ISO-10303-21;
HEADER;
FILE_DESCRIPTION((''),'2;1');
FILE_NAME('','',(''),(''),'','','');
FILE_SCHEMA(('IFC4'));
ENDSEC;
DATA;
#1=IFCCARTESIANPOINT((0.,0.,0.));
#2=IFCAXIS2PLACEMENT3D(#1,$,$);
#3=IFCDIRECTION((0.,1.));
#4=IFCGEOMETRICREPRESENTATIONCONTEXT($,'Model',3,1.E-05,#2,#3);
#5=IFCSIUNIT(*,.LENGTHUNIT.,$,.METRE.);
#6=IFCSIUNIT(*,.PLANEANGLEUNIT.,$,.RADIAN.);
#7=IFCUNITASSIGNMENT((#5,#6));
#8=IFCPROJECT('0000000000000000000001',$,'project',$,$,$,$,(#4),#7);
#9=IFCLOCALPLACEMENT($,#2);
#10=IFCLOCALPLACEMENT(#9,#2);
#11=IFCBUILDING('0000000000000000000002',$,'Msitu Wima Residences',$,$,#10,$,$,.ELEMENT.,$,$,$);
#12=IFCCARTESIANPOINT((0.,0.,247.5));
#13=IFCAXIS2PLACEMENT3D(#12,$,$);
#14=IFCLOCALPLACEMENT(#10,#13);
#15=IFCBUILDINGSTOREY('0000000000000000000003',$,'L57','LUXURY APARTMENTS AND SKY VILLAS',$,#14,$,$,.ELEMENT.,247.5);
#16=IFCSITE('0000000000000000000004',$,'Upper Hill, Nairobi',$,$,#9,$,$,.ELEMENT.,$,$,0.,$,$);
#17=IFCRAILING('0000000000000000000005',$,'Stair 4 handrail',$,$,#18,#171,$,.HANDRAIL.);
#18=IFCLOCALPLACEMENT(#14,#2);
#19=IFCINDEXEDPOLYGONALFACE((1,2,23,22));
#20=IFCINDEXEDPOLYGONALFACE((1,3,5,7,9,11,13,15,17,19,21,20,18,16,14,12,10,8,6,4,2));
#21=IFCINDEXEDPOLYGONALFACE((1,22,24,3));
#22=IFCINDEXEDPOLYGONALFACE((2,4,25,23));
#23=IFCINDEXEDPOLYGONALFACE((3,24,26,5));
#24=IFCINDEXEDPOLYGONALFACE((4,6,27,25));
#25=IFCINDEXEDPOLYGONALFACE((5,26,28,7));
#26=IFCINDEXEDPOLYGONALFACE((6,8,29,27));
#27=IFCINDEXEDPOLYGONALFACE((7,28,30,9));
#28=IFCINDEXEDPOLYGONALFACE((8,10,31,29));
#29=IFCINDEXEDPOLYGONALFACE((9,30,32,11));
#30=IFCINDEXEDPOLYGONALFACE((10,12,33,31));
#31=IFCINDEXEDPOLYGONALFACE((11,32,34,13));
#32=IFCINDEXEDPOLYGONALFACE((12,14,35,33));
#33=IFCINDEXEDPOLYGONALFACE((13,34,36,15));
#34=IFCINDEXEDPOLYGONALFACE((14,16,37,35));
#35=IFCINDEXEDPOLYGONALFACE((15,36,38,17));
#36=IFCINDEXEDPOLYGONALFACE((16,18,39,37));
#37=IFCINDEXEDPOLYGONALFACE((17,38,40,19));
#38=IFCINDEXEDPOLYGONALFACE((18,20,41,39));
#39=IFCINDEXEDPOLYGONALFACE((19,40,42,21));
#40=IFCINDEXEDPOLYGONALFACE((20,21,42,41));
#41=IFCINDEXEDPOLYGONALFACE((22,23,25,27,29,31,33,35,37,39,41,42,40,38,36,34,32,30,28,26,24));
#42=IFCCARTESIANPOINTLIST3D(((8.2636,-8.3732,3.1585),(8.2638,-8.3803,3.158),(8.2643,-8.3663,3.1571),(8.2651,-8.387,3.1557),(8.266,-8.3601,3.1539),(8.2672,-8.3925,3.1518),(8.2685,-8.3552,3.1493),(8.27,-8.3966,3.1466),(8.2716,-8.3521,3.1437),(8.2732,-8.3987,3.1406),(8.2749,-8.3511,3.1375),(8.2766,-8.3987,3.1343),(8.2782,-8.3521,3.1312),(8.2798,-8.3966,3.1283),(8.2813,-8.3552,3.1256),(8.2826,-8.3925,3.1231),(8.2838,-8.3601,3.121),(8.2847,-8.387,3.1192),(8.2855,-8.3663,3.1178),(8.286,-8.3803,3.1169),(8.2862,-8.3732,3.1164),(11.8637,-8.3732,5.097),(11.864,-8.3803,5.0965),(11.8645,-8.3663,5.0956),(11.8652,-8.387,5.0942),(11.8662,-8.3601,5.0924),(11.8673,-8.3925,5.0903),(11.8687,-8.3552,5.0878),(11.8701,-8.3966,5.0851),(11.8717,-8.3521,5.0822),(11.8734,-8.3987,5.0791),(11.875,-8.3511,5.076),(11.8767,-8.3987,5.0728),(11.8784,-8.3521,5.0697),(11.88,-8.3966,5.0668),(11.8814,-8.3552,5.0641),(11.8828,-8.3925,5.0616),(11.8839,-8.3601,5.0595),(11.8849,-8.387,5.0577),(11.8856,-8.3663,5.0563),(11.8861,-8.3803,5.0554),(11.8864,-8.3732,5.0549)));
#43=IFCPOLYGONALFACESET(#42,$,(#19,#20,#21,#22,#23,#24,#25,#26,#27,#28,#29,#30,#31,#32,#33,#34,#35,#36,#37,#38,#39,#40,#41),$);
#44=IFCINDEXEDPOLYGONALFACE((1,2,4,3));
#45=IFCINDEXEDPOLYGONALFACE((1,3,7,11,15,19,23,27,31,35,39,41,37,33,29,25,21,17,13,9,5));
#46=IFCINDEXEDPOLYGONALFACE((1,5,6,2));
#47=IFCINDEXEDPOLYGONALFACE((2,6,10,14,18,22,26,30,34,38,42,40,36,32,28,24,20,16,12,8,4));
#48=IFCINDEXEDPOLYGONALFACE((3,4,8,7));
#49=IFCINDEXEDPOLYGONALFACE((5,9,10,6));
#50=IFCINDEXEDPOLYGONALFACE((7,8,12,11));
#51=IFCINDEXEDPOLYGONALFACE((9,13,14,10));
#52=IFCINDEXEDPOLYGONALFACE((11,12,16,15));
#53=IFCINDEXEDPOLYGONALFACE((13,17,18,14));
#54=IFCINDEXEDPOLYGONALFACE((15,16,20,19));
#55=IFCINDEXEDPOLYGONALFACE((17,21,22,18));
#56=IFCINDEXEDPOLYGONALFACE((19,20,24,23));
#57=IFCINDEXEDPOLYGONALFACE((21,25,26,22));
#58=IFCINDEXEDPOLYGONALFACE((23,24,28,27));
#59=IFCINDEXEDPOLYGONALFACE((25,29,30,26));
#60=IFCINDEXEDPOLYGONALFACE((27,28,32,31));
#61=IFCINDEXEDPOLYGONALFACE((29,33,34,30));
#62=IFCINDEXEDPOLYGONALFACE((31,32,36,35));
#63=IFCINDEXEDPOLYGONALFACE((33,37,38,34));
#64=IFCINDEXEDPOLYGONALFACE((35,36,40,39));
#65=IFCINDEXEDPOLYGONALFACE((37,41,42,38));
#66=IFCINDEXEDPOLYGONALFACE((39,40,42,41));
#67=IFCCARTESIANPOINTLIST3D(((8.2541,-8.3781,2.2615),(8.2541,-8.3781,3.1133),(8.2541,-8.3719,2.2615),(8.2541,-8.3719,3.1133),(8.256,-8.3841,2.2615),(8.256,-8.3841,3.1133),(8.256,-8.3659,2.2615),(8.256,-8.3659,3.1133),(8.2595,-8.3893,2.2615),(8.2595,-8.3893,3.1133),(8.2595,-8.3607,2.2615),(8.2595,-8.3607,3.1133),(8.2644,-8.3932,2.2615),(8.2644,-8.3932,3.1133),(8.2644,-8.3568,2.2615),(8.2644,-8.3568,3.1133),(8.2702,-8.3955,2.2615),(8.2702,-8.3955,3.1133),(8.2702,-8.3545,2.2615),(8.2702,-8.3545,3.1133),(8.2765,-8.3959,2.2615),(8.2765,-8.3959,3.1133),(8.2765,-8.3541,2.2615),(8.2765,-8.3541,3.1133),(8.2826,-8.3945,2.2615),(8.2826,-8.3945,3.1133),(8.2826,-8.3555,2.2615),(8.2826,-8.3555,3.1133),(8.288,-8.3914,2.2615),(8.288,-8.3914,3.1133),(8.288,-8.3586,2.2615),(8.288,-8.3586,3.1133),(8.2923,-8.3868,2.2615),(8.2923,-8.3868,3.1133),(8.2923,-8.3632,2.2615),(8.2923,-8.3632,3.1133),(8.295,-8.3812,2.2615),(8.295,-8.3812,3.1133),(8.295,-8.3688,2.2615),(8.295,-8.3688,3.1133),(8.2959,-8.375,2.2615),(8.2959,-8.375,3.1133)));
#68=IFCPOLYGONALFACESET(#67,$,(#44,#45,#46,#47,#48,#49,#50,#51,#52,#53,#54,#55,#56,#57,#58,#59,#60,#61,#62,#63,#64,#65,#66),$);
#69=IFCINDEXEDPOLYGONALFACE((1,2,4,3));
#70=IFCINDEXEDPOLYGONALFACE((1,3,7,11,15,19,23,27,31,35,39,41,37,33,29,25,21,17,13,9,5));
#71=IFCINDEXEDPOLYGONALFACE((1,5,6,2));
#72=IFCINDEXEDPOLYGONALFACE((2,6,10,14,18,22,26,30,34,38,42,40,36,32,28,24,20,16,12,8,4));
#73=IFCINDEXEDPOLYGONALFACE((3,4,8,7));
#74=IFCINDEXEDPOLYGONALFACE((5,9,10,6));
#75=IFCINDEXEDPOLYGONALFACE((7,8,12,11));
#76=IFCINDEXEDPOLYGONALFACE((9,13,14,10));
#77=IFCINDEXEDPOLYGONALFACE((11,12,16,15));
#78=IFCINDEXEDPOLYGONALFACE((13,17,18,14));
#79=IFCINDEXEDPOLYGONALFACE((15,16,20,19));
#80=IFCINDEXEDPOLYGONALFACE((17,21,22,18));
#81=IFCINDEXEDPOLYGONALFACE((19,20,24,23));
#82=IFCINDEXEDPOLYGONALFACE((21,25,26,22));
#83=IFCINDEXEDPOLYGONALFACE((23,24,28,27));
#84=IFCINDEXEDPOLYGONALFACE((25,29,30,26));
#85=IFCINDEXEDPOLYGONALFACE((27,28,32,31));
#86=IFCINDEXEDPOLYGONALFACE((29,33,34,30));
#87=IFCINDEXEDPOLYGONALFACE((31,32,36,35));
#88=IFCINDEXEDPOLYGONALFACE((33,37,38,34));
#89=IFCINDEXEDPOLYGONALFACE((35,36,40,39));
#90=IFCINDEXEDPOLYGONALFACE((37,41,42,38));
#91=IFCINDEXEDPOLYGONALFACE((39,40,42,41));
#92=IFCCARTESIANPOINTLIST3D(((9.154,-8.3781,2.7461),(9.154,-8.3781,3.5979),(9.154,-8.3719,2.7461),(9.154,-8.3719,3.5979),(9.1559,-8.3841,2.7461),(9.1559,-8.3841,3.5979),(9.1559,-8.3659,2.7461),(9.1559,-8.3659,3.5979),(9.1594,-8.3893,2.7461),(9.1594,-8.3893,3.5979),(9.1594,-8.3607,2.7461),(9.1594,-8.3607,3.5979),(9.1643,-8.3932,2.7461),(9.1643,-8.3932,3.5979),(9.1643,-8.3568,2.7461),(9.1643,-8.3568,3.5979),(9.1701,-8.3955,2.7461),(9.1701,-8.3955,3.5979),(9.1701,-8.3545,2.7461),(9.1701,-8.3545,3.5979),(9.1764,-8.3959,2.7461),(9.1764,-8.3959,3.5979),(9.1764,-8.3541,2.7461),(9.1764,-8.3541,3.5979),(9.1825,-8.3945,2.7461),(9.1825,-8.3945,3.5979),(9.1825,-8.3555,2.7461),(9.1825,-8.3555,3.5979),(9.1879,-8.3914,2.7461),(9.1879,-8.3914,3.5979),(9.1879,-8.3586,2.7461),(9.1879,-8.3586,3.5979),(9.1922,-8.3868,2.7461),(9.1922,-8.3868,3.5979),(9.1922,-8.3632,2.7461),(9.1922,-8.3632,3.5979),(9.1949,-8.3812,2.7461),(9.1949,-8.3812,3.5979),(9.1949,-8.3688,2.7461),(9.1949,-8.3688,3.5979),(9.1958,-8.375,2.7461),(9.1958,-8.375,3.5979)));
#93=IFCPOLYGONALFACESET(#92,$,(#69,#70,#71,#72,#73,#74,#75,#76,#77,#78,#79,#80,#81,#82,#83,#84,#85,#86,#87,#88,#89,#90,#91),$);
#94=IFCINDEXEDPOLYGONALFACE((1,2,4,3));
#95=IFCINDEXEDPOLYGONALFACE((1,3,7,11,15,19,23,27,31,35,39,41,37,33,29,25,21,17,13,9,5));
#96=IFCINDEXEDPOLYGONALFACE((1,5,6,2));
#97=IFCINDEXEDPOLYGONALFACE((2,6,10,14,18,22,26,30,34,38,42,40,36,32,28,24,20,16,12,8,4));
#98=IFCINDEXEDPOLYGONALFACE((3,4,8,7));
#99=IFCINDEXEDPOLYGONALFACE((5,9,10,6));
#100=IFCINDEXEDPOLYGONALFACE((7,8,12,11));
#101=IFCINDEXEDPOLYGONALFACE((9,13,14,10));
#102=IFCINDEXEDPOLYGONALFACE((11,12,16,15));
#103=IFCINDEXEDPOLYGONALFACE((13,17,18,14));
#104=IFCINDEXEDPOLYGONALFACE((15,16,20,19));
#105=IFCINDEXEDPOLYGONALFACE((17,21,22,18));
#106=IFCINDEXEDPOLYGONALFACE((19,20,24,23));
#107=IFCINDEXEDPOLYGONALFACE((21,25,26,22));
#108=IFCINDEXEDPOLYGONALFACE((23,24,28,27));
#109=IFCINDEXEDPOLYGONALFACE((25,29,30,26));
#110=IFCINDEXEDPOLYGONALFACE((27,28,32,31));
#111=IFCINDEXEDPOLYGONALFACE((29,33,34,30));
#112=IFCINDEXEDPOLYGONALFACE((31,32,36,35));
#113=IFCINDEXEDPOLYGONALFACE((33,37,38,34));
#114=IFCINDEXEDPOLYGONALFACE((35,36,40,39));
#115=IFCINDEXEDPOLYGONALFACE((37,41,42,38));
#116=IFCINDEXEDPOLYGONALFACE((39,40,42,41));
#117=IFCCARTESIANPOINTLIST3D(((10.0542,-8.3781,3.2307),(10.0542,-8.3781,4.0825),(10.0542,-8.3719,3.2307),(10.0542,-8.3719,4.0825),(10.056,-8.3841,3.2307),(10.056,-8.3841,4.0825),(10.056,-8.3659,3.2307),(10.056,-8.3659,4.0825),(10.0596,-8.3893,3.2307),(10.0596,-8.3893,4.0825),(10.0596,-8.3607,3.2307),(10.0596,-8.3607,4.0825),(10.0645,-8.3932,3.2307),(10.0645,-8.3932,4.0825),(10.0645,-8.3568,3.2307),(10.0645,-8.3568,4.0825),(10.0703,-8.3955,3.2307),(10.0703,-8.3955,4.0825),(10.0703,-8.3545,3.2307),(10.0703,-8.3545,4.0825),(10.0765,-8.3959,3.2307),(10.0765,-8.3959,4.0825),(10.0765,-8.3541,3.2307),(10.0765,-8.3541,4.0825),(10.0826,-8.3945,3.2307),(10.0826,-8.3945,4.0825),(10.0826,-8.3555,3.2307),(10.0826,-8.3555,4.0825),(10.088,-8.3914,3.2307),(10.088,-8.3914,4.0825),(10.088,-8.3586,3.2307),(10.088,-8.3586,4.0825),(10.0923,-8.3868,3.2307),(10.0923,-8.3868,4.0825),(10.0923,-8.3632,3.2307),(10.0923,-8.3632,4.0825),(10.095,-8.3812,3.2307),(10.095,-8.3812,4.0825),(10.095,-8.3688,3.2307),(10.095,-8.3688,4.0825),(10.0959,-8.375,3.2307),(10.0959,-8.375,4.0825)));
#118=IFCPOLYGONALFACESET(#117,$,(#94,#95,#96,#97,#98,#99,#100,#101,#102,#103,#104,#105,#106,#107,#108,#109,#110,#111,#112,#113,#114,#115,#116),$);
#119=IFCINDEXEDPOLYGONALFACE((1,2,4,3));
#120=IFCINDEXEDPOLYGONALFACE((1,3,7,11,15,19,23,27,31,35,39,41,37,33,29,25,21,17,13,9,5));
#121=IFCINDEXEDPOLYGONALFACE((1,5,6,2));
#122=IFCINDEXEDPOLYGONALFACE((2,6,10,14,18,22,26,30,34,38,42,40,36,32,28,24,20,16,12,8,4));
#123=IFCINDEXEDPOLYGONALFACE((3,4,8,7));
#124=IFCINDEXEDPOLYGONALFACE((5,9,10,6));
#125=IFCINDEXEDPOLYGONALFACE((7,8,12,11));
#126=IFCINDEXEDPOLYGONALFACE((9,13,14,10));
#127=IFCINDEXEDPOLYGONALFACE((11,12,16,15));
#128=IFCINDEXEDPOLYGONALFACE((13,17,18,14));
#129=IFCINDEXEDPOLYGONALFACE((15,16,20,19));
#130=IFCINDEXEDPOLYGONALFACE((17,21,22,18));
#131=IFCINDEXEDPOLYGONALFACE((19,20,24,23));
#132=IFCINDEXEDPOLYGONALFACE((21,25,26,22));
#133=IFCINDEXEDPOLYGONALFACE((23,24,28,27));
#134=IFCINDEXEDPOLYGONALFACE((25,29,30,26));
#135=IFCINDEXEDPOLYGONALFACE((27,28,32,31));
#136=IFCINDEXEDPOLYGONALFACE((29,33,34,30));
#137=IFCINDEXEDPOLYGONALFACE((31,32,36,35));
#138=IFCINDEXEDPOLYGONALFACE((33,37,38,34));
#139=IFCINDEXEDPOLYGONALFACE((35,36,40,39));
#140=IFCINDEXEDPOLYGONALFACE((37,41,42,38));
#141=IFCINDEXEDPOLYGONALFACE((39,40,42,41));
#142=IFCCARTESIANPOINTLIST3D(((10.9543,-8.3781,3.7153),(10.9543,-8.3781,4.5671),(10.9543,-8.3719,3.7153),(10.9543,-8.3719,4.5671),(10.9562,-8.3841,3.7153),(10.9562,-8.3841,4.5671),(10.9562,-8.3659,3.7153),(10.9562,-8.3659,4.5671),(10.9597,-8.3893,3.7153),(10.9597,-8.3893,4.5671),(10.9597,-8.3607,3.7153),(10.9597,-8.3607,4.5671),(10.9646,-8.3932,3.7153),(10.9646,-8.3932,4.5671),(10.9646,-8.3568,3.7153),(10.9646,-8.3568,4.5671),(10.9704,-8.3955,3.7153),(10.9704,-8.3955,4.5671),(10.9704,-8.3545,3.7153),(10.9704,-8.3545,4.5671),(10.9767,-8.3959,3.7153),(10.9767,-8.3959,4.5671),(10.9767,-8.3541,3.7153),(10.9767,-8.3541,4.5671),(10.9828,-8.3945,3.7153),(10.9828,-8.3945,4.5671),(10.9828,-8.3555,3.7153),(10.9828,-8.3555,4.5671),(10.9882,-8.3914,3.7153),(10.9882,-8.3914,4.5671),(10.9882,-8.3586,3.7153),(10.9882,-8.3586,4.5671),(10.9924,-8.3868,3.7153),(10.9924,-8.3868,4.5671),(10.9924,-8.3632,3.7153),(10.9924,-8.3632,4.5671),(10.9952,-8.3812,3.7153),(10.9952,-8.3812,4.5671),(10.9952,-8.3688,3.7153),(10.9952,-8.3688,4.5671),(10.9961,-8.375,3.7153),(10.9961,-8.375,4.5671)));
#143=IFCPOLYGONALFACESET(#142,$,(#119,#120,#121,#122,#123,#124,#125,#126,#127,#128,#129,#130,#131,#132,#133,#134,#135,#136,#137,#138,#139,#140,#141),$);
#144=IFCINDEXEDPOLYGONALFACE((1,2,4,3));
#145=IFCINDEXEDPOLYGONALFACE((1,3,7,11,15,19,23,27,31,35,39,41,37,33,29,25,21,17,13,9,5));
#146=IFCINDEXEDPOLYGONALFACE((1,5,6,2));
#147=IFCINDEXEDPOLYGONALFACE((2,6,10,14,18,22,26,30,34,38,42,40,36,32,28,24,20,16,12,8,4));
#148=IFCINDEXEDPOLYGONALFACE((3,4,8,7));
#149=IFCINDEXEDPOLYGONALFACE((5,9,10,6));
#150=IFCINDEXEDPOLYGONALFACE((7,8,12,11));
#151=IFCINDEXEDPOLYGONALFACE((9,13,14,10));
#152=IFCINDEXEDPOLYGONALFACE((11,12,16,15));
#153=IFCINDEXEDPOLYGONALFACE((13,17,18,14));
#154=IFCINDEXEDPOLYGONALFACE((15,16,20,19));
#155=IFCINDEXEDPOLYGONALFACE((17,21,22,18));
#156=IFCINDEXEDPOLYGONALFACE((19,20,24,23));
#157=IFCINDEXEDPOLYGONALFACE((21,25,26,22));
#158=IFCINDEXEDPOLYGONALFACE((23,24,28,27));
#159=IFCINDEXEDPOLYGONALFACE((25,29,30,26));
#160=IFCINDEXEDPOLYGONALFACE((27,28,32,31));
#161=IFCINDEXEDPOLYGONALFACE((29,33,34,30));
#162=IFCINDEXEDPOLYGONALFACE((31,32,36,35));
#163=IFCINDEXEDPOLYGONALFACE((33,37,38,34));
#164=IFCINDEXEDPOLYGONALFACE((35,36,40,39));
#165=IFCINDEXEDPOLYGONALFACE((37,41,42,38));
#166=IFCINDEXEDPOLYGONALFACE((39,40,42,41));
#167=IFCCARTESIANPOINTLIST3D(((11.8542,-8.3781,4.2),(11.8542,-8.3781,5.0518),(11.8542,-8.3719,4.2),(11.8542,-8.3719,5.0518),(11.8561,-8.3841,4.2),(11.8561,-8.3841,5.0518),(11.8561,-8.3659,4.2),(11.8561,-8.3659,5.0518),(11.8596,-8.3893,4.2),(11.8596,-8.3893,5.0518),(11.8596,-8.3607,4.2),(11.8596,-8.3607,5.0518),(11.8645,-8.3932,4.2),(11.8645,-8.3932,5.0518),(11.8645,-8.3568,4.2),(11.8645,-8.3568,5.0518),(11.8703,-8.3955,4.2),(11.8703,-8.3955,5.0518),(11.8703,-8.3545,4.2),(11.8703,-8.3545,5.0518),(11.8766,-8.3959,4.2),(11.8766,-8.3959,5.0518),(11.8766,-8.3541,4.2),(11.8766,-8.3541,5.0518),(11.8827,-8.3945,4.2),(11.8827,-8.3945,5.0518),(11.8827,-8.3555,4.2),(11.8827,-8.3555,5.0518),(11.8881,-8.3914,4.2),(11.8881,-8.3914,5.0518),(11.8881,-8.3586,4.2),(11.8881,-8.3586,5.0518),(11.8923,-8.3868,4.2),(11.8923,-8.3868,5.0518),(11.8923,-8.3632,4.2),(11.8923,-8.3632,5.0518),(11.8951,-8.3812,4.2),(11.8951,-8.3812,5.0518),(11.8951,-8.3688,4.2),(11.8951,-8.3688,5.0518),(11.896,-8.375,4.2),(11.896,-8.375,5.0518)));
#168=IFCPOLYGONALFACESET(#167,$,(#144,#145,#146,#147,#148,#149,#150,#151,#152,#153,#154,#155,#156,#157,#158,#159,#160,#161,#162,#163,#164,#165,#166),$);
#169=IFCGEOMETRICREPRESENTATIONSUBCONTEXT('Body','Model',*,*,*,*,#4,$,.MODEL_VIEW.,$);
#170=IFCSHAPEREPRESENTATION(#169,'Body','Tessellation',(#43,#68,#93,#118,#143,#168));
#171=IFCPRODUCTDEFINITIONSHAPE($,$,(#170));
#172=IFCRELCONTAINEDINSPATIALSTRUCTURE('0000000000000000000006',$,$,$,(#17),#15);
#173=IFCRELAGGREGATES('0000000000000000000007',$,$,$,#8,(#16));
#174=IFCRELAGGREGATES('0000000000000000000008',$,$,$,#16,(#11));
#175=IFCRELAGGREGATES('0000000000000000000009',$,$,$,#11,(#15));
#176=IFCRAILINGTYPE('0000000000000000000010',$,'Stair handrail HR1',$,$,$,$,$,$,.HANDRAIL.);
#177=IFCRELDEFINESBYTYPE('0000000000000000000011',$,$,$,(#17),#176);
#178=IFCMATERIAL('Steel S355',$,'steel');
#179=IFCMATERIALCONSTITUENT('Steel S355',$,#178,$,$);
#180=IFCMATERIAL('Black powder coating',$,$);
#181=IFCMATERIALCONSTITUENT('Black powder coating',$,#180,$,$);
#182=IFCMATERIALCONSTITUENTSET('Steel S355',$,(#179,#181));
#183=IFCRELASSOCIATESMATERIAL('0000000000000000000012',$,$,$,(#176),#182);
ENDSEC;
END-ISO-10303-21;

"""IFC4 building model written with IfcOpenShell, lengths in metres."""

from ifc_helpers import new_model, si_unit, direction, frame, origin, origin_2d, place, context, subcontext, project, spatial, circle, extrude, material, constituent, constituent_set, type_object, element, save


model = new_model("IFC4")

# Units and contexts
model_context = context("Model", 3, precision=1e-05, world=origin(), true_north=direction((0.0, 1.0)))
body_context = subcontext(model_context, "Body", "Model", "MODEL_VIEW")
ifc_project = project(units=[si_unit("LENGTHUNIT", "METRE"), si_unit("PLANEANGLEUNIT", "RADIAN")], contexts=[model_context])

# Site, building, storey
site_placement = place(None, origin())
site = spatial("IfcSite", under=ifc_project, at=site_placement, Name="Upper Hill, Nairobi", CompositionType="ELEMENT", RefElevation=0.0)
building_placement = place(site_placement, origin())
building = spatial("IfcBuilding", under=site, at=building_placement, Name="Msitu Wima Residences", CompositionType="ELEMENT")
storey_placement = place(building_placement, frame((0.0, 0.0, 247.5)))
storey = spatial("IfcBuildingStorey", under=building, at=storey_placement, Name="L57", Description="LUXURY APARTMENTS AND SKY VILLAS", CompositionType="ELEMENT", Elevation=247.5)

# Railing
ifc_material_1 = material(Name="Steel S355", Category="steel")
ifc_constituent_1 = constituent(ifc_material_1, Name="Steel S355")
ifc_material_2 = material(Name="Black powder coating")
ifc_constituent_2 = constituent(ifc_material_2, Name="Black powder coating")
ifc_constituent_set = constituent_set(constituents=[ifc_constituent_1, ifc_constituent_2], Name="Steel S355")
railing_type = type_object("IfcRailingType", Name="Stair handrail HR1", PredefinedType="HANDRAIL", material=ifc_constituent_set)
for number, where, name in (
    (1, (8.2749, -8.375, 2.2615), "Stair 4 handrail"),
):
    element("IfcRailing", number, at=place(storey_placement, frame(where)), inside=storey, type_object=railing_type, Name=name, PredefinedType="HANDRAIL", context=body_context, shape_type="SweptSolid", body=[
        extrude(circle(Radius=0.0239, at=origin_2d()), frame((0.0, 0.0, 0.876), z_axis=(0.880475, 0.0, 0.474093), x_axis=(0.0, 1.0, 0.0)), (0.0, 0.0, 1.0), 4.0889),
        extrude(circle(Radius=0.021, at=origin_2d()), origin(), (0.0, 0.0, 1.0), 0.8518),
        extrude(circle(Radius=0.021, at=origin_2d()), frame((0.8999, 0.0, 0.4846)), (0.0, 0.0, 1.0), 0.8518),
        extrude(circle(Radius=0.021, at=origin_2d()), frame((1.8, 0.0, 0.9692)), (0.0, 0.0, 1.0), 0.8518),
        extrude(circle(Radius=0.021, at=origin_2d()), frame((2.7002, 0.0, 1.4539)), (0.0, 0.0, 1.0), 0.8518),
        extrude(circle(Radius=0.021, at=origin_2d()), frame((3.6001, 0.0, 1.9385)), (0.0, 0.0, 1.0), 0.8518),
    ])

save(model, "model.ifc")
